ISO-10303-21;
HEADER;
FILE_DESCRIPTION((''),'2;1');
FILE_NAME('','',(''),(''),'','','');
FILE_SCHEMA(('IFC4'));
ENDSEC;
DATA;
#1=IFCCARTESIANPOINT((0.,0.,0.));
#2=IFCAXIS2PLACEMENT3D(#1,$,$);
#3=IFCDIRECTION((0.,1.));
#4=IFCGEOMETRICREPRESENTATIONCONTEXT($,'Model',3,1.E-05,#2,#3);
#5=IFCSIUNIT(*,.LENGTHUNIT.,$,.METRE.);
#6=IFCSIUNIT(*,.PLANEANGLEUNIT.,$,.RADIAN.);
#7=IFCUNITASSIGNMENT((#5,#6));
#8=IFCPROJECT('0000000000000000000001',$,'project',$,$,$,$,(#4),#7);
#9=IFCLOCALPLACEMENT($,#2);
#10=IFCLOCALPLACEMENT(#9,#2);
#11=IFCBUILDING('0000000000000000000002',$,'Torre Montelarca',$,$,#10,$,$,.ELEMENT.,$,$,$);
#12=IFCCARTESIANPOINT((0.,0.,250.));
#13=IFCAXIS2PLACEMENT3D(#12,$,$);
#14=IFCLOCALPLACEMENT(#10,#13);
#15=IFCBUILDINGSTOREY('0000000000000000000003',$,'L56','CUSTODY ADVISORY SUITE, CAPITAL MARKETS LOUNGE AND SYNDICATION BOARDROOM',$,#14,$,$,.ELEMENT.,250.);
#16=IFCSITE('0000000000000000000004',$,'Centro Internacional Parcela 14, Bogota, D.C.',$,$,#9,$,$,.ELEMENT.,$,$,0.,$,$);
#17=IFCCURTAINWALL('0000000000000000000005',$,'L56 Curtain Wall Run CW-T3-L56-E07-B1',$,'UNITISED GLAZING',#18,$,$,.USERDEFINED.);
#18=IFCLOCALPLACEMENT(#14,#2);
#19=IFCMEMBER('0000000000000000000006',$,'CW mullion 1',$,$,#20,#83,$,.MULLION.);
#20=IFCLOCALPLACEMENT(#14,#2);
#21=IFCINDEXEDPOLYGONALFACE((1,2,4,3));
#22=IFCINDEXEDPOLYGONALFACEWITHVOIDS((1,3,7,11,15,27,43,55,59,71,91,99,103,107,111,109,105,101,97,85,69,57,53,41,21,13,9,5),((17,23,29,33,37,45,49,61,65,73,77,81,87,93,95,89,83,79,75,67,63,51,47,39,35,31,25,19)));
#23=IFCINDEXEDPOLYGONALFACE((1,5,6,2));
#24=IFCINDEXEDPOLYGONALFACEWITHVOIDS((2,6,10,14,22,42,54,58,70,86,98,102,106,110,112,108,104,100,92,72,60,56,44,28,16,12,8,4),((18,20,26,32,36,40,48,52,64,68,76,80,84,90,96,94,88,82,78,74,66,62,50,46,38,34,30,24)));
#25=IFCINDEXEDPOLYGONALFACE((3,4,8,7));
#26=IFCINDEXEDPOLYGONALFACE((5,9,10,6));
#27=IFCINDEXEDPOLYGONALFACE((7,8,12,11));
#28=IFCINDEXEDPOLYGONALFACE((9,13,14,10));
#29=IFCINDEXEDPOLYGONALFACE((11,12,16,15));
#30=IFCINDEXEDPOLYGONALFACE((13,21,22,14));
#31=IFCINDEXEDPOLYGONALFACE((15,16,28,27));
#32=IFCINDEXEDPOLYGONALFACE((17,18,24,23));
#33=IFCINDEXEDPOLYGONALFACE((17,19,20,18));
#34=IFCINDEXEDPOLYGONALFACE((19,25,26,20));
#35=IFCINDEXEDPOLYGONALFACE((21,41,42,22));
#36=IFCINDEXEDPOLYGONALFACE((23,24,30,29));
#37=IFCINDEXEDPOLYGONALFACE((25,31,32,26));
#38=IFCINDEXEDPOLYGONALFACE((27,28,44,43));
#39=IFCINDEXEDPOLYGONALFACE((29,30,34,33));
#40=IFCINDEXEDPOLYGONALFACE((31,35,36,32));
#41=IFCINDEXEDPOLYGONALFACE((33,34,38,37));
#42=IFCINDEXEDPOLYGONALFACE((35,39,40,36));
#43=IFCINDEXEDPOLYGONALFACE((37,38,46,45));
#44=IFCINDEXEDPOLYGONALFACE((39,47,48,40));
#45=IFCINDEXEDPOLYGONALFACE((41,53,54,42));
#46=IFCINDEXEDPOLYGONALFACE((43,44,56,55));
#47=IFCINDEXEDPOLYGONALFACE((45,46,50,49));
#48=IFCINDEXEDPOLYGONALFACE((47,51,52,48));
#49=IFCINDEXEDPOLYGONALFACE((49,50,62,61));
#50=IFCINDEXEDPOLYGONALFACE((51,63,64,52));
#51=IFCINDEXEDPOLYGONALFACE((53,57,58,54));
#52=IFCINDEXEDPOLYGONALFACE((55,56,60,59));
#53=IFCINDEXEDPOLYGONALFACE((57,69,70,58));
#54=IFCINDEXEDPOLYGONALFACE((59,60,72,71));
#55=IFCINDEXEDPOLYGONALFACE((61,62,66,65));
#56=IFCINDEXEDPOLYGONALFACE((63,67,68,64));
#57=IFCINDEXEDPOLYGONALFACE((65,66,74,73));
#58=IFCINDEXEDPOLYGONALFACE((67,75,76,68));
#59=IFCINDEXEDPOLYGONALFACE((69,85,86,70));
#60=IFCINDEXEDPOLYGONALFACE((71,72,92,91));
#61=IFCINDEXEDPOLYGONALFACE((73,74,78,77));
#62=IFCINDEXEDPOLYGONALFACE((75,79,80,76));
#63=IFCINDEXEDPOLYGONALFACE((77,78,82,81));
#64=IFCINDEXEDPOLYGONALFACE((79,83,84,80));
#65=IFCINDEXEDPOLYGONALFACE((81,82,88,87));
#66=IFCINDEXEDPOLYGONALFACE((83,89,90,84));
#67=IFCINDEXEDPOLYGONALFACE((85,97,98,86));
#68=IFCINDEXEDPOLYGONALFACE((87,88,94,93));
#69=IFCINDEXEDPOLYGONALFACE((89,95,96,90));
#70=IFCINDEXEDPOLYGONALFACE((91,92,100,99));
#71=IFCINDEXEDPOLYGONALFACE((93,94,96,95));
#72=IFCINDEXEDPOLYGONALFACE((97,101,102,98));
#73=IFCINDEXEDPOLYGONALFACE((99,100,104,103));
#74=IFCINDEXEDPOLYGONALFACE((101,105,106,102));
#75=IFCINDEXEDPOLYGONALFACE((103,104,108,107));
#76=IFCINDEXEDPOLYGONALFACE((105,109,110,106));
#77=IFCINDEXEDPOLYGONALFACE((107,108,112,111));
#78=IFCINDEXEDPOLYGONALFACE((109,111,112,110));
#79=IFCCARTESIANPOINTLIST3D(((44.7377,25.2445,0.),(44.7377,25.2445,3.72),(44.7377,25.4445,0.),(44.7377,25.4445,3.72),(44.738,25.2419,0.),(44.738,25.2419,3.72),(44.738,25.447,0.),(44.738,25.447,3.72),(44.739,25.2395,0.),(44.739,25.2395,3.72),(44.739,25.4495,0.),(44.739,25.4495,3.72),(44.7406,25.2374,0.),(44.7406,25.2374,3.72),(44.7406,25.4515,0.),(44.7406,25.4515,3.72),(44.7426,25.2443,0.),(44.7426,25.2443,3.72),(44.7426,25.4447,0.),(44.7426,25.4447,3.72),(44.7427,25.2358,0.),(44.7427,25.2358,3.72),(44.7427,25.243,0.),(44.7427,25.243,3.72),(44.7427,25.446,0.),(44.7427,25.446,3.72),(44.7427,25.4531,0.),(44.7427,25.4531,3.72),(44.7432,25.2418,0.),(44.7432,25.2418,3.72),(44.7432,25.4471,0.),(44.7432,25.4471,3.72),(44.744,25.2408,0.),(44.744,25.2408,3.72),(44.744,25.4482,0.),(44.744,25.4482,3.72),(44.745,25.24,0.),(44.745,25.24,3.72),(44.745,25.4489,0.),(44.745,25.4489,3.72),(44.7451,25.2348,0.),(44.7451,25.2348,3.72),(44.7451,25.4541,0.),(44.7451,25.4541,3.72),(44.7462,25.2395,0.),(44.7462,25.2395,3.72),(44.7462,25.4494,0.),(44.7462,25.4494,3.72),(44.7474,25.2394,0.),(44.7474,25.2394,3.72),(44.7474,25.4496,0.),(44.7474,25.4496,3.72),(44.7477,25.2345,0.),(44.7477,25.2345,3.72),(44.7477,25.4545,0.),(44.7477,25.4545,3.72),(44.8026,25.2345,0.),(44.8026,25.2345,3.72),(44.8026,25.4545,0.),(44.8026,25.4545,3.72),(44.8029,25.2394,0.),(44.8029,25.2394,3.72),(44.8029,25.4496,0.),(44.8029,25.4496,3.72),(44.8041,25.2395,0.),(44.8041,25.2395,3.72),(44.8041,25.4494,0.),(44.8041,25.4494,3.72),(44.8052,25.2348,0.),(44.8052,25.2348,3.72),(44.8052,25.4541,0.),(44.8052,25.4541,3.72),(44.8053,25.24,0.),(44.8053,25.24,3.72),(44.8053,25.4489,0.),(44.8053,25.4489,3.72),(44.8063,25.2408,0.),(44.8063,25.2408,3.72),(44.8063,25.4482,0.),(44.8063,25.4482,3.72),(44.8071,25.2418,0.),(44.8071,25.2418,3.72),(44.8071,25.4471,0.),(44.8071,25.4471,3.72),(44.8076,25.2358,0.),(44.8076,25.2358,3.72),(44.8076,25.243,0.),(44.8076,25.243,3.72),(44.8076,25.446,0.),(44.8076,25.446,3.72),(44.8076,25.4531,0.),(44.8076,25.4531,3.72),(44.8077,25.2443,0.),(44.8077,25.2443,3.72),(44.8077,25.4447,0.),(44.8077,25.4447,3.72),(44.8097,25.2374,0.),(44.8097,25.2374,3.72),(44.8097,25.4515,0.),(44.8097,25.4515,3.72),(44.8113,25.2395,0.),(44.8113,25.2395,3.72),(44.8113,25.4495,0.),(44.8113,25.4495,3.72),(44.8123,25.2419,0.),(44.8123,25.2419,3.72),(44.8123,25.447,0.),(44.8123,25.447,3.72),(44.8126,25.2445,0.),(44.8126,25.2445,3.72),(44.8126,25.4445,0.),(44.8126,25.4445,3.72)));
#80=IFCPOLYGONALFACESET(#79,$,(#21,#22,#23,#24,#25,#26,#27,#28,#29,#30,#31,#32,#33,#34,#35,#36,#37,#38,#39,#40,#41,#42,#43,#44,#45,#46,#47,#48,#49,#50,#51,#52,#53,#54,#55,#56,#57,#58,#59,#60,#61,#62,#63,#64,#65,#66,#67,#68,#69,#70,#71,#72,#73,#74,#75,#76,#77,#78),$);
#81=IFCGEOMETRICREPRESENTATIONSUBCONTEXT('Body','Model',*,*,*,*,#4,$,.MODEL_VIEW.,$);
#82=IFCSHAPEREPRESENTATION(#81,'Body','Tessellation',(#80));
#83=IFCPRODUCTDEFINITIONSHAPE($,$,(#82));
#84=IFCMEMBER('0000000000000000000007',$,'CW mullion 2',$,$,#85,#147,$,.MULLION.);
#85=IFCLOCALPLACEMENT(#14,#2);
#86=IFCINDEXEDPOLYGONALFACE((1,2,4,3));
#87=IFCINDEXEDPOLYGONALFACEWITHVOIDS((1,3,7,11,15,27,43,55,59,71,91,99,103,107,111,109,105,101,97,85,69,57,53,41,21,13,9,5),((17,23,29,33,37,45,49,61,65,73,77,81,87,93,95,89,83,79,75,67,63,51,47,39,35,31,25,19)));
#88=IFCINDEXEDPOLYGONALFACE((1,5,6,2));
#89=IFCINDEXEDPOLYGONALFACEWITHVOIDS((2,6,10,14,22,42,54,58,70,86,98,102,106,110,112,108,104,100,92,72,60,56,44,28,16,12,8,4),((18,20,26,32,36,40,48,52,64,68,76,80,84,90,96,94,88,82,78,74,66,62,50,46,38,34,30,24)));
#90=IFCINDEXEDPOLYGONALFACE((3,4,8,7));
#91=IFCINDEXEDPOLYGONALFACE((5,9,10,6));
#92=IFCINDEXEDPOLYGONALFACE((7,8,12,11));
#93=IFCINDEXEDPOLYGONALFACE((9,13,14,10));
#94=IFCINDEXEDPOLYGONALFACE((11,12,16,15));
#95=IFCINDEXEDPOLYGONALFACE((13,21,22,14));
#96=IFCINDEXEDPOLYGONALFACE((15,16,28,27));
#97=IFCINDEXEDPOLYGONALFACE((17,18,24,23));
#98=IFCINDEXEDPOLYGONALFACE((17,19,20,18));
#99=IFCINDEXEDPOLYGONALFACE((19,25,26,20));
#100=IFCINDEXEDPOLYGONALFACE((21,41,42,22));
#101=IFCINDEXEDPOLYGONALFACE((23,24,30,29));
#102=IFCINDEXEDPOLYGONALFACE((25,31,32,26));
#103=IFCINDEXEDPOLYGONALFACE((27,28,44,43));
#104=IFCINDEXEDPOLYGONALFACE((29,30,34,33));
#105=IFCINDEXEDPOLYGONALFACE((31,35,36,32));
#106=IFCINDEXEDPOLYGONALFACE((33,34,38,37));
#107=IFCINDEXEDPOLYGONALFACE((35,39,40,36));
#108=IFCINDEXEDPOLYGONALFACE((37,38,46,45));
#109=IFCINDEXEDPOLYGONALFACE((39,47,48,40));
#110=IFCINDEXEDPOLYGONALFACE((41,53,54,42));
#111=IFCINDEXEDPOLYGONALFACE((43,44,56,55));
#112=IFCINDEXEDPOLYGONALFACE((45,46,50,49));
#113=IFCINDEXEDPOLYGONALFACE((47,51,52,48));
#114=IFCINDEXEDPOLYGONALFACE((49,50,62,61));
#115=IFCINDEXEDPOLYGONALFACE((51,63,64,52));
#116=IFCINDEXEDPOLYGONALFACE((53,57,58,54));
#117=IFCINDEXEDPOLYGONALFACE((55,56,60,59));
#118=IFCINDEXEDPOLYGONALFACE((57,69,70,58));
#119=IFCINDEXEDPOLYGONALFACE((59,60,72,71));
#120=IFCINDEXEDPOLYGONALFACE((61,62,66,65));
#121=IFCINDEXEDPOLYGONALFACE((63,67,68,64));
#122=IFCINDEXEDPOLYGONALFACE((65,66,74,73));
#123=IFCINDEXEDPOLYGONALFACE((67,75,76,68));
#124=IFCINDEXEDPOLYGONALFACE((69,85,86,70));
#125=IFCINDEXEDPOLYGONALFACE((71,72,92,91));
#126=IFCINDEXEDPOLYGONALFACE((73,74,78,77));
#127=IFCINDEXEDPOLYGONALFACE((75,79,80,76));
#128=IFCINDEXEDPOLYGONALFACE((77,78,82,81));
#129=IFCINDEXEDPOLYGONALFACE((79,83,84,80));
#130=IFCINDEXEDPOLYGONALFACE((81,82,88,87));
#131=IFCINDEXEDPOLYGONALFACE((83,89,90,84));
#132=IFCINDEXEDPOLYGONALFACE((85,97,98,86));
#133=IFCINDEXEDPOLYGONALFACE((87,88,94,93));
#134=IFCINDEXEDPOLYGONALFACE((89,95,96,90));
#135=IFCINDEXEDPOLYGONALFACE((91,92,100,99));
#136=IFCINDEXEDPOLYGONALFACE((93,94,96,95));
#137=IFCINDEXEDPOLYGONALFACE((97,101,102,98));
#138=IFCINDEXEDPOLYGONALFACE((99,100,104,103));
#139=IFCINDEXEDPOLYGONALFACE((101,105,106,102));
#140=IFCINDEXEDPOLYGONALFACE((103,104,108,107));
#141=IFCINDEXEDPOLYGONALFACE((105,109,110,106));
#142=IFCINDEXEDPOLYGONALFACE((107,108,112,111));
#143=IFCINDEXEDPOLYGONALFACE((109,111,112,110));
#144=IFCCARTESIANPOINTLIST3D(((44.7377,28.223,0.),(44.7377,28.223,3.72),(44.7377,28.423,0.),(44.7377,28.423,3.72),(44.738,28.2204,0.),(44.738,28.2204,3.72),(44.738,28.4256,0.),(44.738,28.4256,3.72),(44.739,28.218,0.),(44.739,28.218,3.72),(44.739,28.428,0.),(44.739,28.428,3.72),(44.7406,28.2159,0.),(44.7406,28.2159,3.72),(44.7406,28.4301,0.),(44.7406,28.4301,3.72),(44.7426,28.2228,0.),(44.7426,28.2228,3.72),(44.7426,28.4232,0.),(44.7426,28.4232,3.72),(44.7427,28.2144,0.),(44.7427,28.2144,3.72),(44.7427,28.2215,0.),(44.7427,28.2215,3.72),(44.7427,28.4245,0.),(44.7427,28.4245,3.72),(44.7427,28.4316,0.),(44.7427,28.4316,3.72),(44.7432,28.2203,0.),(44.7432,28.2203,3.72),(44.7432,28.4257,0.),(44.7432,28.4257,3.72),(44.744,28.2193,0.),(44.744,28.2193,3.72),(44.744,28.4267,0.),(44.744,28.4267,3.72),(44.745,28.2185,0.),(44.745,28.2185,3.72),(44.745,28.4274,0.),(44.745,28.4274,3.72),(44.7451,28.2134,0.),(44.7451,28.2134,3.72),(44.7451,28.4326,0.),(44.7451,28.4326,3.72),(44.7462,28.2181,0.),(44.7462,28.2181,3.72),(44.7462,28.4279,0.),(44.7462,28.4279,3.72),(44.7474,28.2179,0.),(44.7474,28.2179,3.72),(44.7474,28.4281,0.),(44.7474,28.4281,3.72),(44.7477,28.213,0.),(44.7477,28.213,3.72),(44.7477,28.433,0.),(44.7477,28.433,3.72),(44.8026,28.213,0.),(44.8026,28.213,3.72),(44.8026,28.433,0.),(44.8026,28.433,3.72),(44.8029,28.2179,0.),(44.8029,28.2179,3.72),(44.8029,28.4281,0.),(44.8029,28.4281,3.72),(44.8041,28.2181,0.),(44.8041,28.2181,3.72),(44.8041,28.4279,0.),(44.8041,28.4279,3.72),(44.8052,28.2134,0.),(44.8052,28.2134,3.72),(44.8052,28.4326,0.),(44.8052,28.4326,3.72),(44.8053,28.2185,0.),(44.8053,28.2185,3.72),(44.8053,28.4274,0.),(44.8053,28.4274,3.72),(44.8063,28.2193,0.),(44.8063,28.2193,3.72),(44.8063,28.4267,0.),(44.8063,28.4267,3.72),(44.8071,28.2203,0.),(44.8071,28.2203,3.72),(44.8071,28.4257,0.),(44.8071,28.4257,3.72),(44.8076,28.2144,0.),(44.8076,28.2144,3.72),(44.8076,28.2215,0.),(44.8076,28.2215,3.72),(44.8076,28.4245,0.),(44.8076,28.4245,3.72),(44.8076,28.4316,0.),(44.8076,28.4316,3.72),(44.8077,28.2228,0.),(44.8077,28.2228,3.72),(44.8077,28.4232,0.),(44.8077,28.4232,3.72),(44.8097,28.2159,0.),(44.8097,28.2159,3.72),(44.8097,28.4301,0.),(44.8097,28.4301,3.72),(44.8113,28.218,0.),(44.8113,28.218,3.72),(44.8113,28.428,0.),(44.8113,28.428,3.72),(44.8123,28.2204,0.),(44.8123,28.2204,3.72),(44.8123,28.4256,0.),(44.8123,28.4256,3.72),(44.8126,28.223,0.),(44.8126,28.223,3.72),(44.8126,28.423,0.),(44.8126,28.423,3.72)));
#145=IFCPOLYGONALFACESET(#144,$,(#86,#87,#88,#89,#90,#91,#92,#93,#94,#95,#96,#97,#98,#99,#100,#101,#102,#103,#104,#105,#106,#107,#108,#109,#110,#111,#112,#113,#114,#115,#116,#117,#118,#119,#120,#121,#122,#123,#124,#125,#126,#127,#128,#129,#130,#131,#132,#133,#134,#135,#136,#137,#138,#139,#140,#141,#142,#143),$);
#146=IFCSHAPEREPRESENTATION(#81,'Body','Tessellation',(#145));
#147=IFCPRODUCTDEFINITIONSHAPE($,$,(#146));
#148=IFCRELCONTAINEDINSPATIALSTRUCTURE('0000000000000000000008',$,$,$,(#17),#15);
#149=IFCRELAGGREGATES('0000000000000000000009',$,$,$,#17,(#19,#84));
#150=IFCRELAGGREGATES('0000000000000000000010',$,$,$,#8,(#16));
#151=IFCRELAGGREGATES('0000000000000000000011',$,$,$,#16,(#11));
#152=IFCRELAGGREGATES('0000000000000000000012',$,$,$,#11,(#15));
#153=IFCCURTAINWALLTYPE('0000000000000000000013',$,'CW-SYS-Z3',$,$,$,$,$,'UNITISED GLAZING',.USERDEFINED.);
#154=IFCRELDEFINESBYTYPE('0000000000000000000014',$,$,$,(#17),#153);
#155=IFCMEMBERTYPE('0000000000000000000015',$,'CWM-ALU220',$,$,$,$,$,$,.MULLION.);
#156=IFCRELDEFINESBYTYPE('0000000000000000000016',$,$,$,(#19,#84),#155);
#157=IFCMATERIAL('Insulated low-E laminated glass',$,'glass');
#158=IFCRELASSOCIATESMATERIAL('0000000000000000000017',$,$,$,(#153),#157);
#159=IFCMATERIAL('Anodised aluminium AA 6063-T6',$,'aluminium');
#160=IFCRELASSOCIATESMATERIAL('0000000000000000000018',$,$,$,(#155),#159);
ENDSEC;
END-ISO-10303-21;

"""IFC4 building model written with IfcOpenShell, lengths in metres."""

from ifc_helpers import new_model, si_unit, direction, frame, origin, origin_2d, place, context, subcontext, project, spatial, hollow_rectangle, extrude, source, transform, mapped, material, material_profile, profile_set, type_object, element, aggregate, save


model = new_model("IFC4")

# Units and contexts
model_context = context("Model", 3, precision=1e-05, world=origin(), true_north=direction((0.0, 1.0)))
body_context = subcontext(model_context, "Body", "Model", "MODEL_VIEW")
ifc_project = project(units=[si_unit("LENGTHUNIT", "METRE"), si_unit("PLANEANGLEUNIT", "RADIAN")], contexts=[model_context])

# Site, building, storey
site_placement = place(None, origin())
site = spatial("IfcSite", under=ifc_project, at=site_placement, Name="Centro Internacional Parcela 14, Bogota, D.C.", CompositionType="ELEMENT", RefElevation=0.0)
building_placement = place(site_placement, origin())
building = spatial("IfcBuilding", under=site, at=building_placement, Name="Torre Montelarca", CompositionType="ELEMENT")
storey_placement = place(building_placement, frame((0.0, 0.0, 250.0)))
storey = spatial("IfcBuildingStorey", under=building, at=storey_placement, Name="L56", Description="CUSTODY ADVISORY SUITE, CAPITAL MARKETS LOUNGE AND SYNDICATION BOARDROOM", CompositionType="ELEMENT", Elevation=250.0)

# Curtain wall, members
ifc_material_1 = material(Name="Insulated low-E laminated glass", Category="glass")
curtain_wall_type = type_object("IfcCurtainWallType", Name="CW-SYS-Z3", ElementType="UNITISED GLAZING", PredefinedType="USERDEFINED", material=ifc_material_1)
curtain_wall_1_placement = place(storey_placement, origin())
curtain_wall_1 = element("IfcCurtainWall", 1, at=curtain_wall_1_placement, inside=storey, type_object=curtain_wall_type, Name="L56 Curtain Wall Run CW-T3-L56-E07-B1", ObjectType="UNITISED GLAZING", PredefinedType="USERDEFINED")
ifc_material_2 = material(Name="Anodised aluminium AA 6063-T6", Category="aluminium")
ifc_material_profile_1 = material_profile(ifc_material_2, hollow_rectangle(XDim=0.075, YDim=0.22, WallThickness=0.0049, InnerFilletRadius=0.0049, OuterFilletRadius=0.01, at=origin_2d()), Name="ALU75X220X5", Category="aluminium")
ifc_profile_set_1 = profile_set([ifc_material_profile_1], Name="Anodised aluminium AA 6063-T6")
member_type_1 = type_object("IfcMemberType", Name="CWM-ALU220", PredefinedType="MULLION", material=ifc_profile_set_1)
shared_shape_1 = source(origin(), body_context, "Body", "SweptSolid", [
    extrude(hollow_rectangle(XDim=0.075, YDim=0.22, WallThickness=0.0049, InnerFilletRadius=0.0049, OuterFilletRadius=0.01, at=origin_2d()), origin(), (0.0, 0.0, 1.0), 3.72),
])
member_1_placement = place(storey_placement, frame((44.7751, 25.3445, 0.0), z_axis=(0.0, 0.0, 1.0), x_axis=(-1.0, 0.0, 0.0)))
member_1 = element("IfcMember", 2, at=member_1_placement, type_object=member_type_1, Name="CW mullion 1", PredefinedType="MULLION", context=body_context, shape_type="MappedRepresentation", body=[
    mapped(shared_shape_1, transform((0.0, 0.0, 0.0), scale=1.0)),
])
member_2_placement = place(storey_placement, frame((44.7751, 28.323, 0.0), z_axis=(0.0, 0.0, 1.0), x_axis=(-1.0, 0.0, 0.0)))
member_2 = element("IfcMember", 3, at=member_2_placement, type_object=member_type_1, Name="CW mullion 2", PredefinedType="MULLION", context=body_context, shape_type="MappedRepresentation", body=[
    mapped(shared_shape_1, transform((0.0, 0.0, 0.0), scale=1.0)),
])

aggregate(curtain_wall_1, [member_1, member_2])

save(model, "model.ifc")
